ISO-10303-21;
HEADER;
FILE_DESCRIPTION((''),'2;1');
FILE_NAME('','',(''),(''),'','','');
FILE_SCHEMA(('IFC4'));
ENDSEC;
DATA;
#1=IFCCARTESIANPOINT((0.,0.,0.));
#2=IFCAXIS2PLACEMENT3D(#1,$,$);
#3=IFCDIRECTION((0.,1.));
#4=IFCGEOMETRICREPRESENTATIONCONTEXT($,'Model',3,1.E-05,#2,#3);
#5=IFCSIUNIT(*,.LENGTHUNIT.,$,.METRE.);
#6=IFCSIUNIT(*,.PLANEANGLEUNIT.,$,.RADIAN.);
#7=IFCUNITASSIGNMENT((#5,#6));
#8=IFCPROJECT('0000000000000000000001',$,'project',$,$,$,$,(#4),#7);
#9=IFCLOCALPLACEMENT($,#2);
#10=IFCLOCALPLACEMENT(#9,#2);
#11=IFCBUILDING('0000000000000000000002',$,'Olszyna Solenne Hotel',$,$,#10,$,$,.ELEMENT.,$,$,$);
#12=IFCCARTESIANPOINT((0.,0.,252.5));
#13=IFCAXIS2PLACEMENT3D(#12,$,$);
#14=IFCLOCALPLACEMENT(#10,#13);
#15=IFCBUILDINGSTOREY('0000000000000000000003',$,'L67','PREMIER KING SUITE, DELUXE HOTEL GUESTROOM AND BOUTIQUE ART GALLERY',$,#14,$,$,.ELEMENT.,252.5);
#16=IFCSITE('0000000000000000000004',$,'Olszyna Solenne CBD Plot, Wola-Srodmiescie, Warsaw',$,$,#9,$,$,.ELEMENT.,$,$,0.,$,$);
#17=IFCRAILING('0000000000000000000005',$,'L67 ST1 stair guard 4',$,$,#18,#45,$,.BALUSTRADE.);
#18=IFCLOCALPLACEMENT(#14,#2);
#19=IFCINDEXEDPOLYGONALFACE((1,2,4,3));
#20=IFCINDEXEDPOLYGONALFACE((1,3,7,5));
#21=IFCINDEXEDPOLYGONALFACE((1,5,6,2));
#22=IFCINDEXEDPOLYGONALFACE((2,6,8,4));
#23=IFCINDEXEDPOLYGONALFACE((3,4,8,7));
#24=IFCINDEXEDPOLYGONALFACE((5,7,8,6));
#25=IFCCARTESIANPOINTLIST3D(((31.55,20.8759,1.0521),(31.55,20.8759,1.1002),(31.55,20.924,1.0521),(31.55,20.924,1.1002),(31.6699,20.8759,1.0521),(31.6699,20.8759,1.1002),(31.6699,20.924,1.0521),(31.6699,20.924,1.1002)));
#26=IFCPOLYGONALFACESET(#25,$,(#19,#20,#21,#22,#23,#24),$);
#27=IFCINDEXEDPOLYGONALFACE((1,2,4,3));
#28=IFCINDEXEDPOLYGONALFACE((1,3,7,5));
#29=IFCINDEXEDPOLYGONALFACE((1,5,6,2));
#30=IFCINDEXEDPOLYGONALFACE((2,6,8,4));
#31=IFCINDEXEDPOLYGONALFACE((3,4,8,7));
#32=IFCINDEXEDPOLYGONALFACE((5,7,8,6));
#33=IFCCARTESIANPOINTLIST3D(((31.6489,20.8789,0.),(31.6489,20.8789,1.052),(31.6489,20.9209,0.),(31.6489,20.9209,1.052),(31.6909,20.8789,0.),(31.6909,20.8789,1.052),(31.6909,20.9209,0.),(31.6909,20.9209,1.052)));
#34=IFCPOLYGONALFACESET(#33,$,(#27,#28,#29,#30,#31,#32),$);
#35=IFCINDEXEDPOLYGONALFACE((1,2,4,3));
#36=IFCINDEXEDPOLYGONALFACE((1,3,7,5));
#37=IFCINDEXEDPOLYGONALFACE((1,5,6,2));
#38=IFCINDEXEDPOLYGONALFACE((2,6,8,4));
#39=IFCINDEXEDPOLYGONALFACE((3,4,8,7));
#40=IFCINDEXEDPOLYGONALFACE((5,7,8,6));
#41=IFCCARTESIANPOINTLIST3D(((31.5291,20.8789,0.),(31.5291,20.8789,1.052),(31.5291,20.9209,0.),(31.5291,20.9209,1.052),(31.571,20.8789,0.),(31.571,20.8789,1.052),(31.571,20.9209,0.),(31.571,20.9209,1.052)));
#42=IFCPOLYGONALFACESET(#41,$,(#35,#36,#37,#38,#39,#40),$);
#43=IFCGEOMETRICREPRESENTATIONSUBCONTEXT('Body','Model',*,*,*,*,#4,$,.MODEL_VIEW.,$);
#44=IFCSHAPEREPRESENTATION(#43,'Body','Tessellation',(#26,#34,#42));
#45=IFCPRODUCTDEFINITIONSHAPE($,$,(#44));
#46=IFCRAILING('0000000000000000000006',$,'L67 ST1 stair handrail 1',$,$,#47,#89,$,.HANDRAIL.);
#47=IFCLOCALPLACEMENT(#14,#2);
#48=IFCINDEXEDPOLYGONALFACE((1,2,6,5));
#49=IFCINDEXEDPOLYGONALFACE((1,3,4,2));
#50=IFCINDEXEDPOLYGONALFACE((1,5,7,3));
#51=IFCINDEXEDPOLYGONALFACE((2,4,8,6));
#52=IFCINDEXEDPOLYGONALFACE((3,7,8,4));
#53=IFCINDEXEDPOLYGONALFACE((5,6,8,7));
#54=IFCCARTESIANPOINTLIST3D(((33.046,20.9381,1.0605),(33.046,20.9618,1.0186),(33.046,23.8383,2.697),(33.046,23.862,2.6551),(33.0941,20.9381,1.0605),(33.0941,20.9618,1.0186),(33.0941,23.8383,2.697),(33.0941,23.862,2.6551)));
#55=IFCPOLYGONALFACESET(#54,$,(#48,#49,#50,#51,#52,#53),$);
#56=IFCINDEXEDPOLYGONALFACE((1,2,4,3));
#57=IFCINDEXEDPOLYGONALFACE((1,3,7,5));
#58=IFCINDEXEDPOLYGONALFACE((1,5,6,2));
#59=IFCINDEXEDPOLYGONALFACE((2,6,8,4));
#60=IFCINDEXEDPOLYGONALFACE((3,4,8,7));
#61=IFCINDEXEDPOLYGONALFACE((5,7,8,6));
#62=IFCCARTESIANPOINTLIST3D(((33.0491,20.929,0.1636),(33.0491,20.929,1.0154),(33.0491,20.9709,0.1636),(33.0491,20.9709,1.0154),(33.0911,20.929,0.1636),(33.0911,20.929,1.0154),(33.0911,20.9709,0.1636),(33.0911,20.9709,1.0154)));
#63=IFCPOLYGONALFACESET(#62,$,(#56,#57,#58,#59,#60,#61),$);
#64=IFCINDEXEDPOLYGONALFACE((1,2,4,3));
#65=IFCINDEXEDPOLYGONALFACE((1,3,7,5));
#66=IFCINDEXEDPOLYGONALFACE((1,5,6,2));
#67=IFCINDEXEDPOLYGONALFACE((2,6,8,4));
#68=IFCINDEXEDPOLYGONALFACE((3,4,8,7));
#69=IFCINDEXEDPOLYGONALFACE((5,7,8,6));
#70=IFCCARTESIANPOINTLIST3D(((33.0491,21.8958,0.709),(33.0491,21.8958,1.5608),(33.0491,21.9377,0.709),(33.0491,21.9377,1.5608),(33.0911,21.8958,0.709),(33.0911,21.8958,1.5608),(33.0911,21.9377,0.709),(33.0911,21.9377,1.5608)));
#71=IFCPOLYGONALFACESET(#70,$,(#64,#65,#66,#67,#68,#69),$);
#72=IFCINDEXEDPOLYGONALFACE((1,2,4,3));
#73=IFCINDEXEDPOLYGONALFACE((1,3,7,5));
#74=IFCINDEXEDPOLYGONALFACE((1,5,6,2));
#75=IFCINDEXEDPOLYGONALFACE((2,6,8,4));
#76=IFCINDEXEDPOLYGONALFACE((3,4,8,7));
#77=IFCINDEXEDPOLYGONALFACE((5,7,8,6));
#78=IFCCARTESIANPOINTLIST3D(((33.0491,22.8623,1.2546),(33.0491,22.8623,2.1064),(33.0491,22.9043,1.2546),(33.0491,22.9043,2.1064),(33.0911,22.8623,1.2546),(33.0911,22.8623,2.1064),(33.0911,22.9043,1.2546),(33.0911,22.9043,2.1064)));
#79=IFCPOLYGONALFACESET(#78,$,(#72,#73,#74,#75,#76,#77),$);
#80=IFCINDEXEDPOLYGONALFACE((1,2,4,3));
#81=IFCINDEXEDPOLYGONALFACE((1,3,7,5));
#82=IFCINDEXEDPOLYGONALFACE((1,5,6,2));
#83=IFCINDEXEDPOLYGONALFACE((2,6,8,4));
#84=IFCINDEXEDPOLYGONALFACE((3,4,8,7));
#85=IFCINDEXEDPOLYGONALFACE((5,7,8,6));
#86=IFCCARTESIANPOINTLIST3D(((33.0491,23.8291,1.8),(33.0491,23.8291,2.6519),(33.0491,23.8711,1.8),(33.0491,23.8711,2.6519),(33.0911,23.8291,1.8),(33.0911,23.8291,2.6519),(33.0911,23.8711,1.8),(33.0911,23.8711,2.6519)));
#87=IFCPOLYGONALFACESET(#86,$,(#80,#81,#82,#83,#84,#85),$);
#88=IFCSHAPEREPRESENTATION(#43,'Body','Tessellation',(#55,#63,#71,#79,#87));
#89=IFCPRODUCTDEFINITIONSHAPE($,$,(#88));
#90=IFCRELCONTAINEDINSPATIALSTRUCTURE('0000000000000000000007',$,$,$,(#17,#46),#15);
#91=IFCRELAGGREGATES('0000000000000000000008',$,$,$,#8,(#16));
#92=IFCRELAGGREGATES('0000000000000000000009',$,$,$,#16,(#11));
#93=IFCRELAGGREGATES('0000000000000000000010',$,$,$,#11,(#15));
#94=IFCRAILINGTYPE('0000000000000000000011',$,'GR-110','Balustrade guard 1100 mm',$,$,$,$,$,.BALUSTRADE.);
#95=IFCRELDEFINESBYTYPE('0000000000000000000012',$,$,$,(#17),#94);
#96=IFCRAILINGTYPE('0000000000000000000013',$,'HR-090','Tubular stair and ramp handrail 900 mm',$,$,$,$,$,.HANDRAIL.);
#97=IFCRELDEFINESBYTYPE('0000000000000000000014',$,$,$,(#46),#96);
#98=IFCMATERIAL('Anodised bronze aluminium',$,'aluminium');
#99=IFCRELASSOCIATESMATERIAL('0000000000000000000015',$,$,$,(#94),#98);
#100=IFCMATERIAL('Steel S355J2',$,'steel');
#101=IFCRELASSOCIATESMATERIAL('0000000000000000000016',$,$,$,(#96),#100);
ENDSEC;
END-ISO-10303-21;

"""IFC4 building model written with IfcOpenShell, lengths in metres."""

from ifc_helpers import new_model, si_unit, direction, frame, origin, origin_2d, place, context, subcontext, project, spatial, rectangle, extrude, material, type_object, element, save


model = new_model("IFC4")

# Units and contexts
model_context = context("Model", 3, precision=1e-05, world=origin(), true_north=direction((0.0, 1.0)))
body_context = subcontext(model_context, "Body", "Model", "MODEL_VIEW")
ifc_project = project(units=[si_unit("LENGTHUNIT", "METRE"), si_unit("PLANEANGLEUNIT", "RADIAN")], contexts=[model_context])

# Site, building, storey
site_placement = place(None, origin())
site = spatial("IfcSite", under=ifc_project, at=site_placement, Name="Olszyna Solenne CBD Plot, Wola-Srodmiescie, Warsaw", CompositionType="ELEMENT", RefElevation=0.0)
building_placement = place(site_placement, origin())
building = spatial("IfcBuilding", under=site, at=building_placement, Name="Olszyna Solenne Hotel", CompositionType="ELEMENT")
storey_placement = place(building_placement, frame((0.0, 0.0, 252.5)))
storey = spatial("IfcBuildingStorey", under=building, at=storey_placement, Name="L67", Description="PREMIER KING SUITE, DELUXE HOTEL GUESTROOM AND BOUTIQUE ART GALLERY", CompositionType="ELEMENT", Elevation=252.5)

# Shared definitions
ifc_material_1 = material(Name="Steel S355J2", Category="steel")

# Shared definitions
ifc_material_2 = material(Name="Anodised bronze aluminium", Category="aluminium")

# Railings
railing_type_1 = type_object("IfcRailingType", Name="GR-110", Description="Balustrade guard 1100 mm", PredefinedType="BALUSTRADE", material=ifc_material_2)
railing_1_placement = place(storey_placement, frame((31.6699, 20.8999, 0.0)))
element("IfcRailing", 1, at=railing_1_placement, inside=storey, type_object=railing_type_1, Name="L67 ST1 stair guard 4", PredefinedType="BALUSTRADE", context=body_context, shape_type="SweptSolid", body=[
    extrude(rectangle(XDim=0.0481, YDim=0.0481, at=origin_2d()), frame((0.0, 0.0, 1.0762), z_axis=(-1.0, 0.0, 0.0), x_axis=(0.0, -1.0, 0.0)), (0.0, 0.0, 1.0), 0.1199),
    extrude(rectangle(XDim=0.042, YDim=0.042, at=origin_2d()), origin(), (0.0, 0.0, 1.0), 1.052),
    extrude(rectangle(XDim=0.042, YDim=0.042, at=origin_2d()), frame((-0.1199, 0.0, 0.0)), (0.0, 0.0, 1.0), 1.052),
])
railing_type_2 = type_object("IfcRailingType", Name="HR-090", Description="Tubular stair and ramp handrail 900 mm", PredefinedType="HANDRAIL", material=ifc_material_1)
railing_2_placement = place(storey_placement, frame((33.0701, 20.95, 0.1636)))
element("IfcRailing", 2, at=railing_2_placement, inside=storey, type_object=railing_type_2, Name="L67 ST1 stair handrail 1", PredefinedType="HANDRAIL", context=body_context, shape_type="SweptSolid", body=[
    extrude(rectangle(XDim=0.0481, YDim=0.0481, at=origin_2d()), frame((0.0, 0.0, 0.876), z_axis=(0.0, 0.870915, 0.491434), x_axis=(-1.0, 0.0, 0.0)), (0.0, 0.0, 1.0), 3.3301),
    extrude(rectangle(XDim=0.042, YDim=0.042, at=origin_2d()), origin(), (0.0, 0.0, 1.0), 0.8518),
    extrude(rectangle(XDim=0.042, YDim=0.042, at=origin_2d()), frame((0.0, 0.9668, 0.5454)), (0.0, 0.0, 1.0), 0.8518),
    extrude(rectangle(XDim=0.042, YDim=0.042, at=origin_2d()), frame((0.0, 1.9333, 1.0911)), (0.0, 0.0, 1.0), 0.8518),
    extrude(rectangle(XDim=0.042, YDim=0.042, at=origin_2d()), frame((0.0, 2.9001, 1.6365)), (0.0, 0.0, 1.0), 0.8518),
])

save(model, "model.ifc")
